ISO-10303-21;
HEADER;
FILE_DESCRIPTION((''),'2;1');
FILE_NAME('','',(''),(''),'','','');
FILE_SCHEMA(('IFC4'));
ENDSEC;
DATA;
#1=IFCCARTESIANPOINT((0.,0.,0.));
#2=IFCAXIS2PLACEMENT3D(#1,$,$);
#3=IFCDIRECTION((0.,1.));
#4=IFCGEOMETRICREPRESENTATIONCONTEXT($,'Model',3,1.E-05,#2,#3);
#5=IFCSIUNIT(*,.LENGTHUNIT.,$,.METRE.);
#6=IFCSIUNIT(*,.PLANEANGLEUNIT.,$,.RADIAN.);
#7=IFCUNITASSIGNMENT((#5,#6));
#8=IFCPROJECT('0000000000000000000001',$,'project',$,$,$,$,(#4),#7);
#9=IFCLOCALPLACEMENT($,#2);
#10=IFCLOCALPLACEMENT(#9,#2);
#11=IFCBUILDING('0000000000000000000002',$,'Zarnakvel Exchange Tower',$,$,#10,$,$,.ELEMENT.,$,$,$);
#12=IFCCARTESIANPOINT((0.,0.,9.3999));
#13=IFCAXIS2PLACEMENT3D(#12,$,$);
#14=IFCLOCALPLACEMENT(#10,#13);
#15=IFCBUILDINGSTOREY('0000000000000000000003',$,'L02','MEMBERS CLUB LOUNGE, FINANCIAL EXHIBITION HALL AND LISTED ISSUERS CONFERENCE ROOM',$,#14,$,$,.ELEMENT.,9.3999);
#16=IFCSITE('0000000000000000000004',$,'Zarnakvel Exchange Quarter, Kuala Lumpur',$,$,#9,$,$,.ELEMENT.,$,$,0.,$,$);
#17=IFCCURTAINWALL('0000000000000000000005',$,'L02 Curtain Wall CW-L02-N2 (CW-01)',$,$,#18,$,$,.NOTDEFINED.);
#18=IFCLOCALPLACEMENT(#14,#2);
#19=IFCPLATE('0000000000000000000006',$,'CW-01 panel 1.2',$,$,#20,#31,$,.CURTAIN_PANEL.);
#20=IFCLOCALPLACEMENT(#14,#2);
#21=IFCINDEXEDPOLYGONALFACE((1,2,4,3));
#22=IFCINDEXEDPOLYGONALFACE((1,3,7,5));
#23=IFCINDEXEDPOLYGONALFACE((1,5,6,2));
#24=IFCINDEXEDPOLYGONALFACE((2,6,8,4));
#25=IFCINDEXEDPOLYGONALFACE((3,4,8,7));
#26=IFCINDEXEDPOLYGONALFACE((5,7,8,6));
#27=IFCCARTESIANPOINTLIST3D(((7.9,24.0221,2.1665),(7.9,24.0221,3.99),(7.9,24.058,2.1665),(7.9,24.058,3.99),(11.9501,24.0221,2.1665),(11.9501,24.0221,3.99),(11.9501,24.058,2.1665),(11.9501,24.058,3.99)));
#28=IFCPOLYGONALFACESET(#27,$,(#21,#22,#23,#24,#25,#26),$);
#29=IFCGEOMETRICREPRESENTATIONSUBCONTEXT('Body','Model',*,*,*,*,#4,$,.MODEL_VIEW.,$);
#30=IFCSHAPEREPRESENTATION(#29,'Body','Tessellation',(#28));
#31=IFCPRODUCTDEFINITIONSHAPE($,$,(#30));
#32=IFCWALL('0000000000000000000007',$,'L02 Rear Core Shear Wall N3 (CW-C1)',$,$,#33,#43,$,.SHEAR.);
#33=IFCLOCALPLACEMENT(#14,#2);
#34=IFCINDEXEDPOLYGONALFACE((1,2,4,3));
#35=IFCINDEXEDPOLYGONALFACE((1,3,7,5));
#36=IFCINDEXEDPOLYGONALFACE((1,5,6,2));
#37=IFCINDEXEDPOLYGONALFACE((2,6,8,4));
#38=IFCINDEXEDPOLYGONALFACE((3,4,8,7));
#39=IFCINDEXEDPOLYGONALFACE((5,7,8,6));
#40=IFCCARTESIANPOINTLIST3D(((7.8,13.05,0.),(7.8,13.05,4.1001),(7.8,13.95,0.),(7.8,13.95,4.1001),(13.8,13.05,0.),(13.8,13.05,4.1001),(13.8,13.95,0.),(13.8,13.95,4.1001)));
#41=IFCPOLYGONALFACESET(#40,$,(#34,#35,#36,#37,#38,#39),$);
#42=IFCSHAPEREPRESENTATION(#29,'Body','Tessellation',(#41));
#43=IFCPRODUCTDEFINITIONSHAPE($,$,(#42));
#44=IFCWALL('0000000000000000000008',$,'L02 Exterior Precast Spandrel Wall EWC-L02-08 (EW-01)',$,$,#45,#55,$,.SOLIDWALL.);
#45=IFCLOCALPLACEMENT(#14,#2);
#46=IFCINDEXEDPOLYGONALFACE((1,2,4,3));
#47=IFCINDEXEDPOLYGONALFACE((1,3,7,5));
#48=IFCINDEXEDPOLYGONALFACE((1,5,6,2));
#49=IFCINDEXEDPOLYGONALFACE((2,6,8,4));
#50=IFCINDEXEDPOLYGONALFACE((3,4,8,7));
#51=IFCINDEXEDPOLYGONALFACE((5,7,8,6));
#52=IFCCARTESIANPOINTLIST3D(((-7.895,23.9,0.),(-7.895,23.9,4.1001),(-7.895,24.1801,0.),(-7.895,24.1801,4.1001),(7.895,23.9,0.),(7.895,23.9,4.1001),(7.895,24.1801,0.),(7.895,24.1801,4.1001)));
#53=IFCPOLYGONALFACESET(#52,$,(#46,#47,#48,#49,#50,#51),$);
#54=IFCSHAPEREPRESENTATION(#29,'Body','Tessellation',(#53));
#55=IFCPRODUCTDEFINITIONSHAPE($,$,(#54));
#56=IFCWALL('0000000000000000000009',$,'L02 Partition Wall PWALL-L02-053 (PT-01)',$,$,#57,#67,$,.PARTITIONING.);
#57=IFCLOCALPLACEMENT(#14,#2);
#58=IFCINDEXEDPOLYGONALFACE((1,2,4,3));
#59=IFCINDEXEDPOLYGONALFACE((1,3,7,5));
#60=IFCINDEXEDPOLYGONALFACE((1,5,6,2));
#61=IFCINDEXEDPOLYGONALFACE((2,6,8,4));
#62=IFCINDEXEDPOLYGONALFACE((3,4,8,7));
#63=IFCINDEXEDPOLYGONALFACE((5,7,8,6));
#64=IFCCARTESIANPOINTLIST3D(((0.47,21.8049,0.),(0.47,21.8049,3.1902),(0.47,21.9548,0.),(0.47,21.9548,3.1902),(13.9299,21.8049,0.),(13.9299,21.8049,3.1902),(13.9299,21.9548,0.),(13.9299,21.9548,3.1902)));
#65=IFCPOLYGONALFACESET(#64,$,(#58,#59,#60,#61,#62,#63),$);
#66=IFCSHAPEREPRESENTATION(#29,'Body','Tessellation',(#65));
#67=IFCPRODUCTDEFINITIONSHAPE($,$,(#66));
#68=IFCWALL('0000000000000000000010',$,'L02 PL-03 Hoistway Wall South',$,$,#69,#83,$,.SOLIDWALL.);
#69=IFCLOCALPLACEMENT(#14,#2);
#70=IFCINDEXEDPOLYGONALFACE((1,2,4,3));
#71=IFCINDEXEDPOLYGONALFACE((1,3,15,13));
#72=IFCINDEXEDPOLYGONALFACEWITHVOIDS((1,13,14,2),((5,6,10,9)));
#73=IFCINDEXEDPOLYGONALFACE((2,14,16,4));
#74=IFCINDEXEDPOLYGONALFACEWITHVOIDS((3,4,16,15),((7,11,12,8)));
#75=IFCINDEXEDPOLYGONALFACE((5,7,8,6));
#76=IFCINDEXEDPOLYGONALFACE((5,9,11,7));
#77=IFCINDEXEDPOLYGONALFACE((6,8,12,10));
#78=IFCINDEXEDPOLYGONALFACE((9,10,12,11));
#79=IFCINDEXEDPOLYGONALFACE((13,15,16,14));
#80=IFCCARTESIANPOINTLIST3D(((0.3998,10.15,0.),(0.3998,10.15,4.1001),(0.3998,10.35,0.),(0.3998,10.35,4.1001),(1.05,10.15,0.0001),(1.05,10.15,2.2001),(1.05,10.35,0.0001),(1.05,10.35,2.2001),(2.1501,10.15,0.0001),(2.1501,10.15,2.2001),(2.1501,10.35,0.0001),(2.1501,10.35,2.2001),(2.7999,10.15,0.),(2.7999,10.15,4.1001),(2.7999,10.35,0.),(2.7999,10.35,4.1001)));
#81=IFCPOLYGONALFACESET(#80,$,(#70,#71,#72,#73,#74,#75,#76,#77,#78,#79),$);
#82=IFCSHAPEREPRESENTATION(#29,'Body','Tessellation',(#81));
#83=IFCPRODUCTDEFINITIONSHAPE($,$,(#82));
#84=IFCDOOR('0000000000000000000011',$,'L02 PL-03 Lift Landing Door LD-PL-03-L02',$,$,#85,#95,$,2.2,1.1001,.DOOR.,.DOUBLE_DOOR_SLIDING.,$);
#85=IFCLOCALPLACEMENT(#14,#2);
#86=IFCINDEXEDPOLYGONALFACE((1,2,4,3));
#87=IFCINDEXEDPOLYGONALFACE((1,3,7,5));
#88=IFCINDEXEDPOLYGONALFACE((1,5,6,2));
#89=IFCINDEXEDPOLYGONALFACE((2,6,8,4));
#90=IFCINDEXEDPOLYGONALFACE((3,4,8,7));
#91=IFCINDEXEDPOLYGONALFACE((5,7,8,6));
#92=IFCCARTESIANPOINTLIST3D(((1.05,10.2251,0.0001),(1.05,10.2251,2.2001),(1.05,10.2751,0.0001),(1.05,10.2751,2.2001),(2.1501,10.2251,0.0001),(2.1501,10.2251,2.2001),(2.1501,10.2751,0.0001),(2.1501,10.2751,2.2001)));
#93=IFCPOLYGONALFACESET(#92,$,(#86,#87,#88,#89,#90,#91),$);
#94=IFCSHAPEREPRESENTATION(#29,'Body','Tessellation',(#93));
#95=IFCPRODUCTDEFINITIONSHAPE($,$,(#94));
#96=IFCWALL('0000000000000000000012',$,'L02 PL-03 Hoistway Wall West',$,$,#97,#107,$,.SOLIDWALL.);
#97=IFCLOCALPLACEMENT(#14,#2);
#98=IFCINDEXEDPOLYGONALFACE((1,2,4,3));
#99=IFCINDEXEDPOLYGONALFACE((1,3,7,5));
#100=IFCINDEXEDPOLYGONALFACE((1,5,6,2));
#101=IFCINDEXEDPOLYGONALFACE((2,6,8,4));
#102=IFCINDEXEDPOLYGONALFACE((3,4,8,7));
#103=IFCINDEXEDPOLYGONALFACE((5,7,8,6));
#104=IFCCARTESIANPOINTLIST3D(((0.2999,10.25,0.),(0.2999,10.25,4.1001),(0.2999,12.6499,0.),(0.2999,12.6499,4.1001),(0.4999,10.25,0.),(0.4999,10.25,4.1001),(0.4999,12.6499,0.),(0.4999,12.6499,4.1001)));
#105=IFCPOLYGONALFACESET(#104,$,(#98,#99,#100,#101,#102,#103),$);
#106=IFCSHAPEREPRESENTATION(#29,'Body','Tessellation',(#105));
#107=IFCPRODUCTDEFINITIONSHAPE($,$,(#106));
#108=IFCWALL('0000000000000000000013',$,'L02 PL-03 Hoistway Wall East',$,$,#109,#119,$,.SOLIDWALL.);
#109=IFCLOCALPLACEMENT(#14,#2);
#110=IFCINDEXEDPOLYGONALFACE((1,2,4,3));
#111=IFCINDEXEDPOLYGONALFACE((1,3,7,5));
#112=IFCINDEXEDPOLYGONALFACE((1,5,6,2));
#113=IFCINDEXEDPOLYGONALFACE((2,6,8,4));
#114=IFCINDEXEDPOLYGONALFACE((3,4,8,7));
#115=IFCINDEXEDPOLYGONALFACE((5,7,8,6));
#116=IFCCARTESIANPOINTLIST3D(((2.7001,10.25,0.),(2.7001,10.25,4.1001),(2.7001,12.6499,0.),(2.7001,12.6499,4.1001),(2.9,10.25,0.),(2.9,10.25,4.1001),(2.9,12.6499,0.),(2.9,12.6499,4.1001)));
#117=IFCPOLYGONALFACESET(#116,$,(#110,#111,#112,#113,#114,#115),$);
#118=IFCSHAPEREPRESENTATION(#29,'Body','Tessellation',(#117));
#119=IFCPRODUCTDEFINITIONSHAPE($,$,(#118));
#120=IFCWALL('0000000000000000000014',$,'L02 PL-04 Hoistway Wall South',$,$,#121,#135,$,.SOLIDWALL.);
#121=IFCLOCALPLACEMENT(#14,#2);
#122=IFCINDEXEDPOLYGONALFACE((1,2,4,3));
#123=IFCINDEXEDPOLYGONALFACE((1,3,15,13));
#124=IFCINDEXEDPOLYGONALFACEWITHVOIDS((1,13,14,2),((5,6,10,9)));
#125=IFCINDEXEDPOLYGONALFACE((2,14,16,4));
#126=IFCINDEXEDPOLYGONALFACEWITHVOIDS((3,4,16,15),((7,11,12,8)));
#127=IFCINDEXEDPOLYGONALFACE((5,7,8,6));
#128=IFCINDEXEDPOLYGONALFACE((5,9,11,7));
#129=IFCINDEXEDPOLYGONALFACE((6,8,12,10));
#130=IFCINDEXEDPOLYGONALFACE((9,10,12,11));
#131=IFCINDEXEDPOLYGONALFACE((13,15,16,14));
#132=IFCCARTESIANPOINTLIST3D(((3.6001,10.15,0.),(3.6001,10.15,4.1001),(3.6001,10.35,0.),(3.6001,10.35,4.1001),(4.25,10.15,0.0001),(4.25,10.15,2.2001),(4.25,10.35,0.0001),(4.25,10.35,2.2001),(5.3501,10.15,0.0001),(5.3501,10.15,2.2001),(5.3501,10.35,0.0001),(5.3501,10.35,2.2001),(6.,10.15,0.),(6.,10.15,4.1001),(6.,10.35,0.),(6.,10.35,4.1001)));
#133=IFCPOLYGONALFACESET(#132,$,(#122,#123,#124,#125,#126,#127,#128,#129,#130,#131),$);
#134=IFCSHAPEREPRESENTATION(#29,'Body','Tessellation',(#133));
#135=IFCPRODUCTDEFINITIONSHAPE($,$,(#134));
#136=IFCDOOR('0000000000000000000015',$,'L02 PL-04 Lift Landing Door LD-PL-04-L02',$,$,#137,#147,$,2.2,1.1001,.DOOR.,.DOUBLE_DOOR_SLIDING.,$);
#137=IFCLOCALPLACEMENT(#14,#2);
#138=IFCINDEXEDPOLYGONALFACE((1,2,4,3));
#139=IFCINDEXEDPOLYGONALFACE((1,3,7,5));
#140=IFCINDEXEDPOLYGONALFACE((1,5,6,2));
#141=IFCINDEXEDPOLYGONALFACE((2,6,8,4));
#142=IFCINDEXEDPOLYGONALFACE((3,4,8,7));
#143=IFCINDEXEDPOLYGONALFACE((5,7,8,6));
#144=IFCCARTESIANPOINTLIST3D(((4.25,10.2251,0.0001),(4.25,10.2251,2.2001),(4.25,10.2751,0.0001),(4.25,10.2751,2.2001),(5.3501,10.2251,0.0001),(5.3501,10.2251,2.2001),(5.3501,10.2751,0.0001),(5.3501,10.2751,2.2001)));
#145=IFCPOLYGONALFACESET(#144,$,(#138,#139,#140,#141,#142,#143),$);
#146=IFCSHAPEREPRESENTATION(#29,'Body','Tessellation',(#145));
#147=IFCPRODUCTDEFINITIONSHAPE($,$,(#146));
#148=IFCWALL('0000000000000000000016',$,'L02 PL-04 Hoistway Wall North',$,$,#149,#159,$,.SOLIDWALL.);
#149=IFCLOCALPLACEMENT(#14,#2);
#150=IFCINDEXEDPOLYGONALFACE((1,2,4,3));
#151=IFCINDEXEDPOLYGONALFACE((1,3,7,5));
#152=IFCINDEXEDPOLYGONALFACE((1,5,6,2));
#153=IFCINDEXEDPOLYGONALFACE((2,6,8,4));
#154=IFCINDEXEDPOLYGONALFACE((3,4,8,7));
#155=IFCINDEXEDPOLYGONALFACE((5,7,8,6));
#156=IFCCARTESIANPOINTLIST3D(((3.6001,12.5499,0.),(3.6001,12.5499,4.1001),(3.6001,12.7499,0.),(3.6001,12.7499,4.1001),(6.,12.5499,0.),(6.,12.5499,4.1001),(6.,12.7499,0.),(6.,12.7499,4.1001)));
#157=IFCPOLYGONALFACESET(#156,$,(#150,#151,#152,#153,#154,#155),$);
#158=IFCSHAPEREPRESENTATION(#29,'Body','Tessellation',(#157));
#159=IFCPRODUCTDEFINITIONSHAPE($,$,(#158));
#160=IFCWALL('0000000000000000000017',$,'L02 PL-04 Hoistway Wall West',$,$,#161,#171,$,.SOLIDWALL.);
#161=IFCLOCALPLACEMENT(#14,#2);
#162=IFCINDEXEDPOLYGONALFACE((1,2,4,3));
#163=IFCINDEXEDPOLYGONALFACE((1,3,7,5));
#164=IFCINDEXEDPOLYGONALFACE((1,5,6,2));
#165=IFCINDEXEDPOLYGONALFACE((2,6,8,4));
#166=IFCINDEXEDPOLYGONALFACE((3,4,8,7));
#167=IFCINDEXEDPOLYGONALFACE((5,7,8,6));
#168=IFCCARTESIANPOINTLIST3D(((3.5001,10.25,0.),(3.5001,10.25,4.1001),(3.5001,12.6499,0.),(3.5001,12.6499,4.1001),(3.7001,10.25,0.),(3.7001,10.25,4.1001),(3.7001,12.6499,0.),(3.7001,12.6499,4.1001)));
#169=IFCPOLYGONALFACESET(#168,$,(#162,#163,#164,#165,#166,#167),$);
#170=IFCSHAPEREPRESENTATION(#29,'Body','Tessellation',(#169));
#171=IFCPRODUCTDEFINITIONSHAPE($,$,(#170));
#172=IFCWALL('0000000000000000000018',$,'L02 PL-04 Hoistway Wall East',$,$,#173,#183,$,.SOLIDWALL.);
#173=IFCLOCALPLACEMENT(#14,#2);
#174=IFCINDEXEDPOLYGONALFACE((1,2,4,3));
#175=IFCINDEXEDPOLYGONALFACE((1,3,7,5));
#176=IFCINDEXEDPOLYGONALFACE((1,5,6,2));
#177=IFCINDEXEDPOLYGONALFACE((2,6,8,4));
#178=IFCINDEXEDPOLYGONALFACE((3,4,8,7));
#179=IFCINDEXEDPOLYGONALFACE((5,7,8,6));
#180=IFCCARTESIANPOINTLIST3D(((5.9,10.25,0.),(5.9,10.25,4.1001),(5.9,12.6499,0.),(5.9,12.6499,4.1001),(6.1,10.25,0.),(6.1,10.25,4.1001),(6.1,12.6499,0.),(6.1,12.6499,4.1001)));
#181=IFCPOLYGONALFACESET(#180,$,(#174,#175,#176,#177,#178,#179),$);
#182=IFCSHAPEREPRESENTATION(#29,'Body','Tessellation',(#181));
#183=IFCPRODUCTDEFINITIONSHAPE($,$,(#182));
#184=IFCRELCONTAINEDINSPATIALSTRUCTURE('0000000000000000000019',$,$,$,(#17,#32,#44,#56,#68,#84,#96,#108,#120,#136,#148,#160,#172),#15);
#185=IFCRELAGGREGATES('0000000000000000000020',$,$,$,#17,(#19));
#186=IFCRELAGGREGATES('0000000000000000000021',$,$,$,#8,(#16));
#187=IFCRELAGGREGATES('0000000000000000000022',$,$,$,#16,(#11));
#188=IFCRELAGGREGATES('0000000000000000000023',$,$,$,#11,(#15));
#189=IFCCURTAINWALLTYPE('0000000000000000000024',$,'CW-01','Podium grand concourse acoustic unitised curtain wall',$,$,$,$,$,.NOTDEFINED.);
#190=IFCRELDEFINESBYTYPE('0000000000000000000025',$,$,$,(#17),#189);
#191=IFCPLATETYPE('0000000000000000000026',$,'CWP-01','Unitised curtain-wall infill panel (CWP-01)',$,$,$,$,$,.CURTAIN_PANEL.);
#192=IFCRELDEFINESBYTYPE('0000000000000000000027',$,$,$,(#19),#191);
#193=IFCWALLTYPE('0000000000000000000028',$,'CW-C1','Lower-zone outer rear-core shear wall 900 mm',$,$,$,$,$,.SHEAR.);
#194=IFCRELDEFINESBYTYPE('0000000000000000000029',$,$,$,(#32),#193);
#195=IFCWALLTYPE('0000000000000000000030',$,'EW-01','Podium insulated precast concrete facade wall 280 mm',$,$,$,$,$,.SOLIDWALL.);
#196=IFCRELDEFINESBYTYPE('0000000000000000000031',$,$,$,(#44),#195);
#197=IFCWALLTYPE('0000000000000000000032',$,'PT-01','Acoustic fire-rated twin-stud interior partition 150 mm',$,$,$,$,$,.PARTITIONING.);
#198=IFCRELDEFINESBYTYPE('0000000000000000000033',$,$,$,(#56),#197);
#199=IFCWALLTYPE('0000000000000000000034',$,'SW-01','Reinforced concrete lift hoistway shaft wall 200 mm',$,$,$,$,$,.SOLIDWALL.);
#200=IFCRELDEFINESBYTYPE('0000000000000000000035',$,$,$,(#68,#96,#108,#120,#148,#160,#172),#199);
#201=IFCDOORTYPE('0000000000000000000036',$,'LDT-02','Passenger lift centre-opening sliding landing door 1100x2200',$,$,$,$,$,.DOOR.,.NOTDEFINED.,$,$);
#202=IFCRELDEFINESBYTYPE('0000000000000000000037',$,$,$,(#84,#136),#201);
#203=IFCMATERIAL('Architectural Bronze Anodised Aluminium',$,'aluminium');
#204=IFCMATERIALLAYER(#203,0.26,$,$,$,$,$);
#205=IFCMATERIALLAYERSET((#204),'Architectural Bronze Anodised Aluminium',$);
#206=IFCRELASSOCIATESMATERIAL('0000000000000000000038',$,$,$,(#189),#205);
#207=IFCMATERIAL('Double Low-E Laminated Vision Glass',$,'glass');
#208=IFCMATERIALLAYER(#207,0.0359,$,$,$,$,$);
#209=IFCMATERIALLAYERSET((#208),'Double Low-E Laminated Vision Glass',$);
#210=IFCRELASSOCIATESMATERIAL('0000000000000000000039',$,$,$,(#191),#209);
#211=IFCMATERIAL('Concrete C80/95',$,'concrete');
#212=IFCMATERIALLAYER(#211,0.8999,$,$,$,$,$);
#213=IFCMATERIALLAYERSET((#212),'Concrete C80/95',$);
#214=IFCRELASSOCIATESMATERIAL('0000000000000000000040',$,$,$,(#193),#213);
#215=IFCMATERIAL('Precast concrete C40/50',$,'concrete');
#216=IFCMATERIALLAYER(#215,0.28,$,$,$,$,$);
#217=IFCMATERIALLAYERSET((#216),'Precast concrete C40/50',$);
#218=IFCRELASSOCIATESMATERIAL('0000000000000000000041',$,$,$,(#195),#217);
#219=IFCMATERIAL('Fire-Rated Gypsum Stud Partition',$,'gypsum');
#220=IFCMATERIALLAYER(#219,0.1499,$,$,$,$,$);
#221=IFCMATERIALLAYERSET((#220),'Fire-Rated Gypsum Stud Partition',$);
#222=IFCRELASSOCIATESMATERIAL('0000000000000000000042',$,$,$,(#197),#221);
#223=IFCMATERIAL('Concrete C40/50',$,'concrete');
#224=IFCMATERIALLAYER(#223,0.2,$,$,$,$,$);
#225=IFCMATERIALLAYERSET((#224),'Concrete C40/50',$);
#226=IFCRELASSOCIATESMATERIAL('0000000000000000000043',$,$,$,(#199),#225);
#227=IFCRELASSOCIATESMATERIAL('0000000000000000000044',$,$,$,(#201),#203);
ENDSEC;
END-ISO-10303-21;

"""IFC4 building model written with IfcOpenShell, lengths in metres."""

from ifc_helpers import new_model, si_unit, direction, frame, frame_2d, origin, origin_2d, place, context, subcontext, project, spatial, rectangle, extrude, source, transform, mapped, material, layer, layer_set, type_object, element, fill, aggregate, save


model = new_model("IFC4")

# Units and contexts
model_context = context("Model", 3, precision=1e-05, world=origin(), true_north=direction((0.0, 1.0)))
body_context = subcontext(model_context, "Body", "Model", "MODEL_VIEW")
ifc_project = project(units=[si_unit("LENGTHUNIT", "METRE"), si_unit("PLANEANGLEUNIT", "RADIAN")], contexts=[model_context])

# Site, building, storey
site_placement = place(None, origin())
site = spatial("IfcSite", under=ifc_project, at=site_placement, Name="Zarnakvel Exchange Quarter, Kuala Lumpur", CompositionType="ELEMENT", RefElevation=0.0)
building_placement = place(site_placement, origin())
building = spatial("IfcBuilding", under=site, at=building_placement, Name="Zarnakvel Exchange Tower", CompositionType="ELEMENT")
storey_placement = place(building_placement, frame((0.0, 0.0, 9.3999)))
storey = spatial("IfcBuildingStorey", under=building, at=storey_placement, Name="L02", Description="MEMBERS CLUB LOUNGE, FINANCIAL EXHIBITION HALL AND LISTED ISSUERS CONFERENCE ROOM", CompositionType="ELEMENT", Elevation=9.3999)

# Shared definitions
ifc_material_1 = material(Name="Concrete C80/95", Category="concrete")

# Curtain wall, plate
ifc_material_2 = material(Name="Architectural Bronze Anodised Aluminium", Category="aluminium")
ifc_layer_1 = layer(ifc_material_2, 0.26)
ifc_layer_set_1 = layer_set([ifc_layer_1], Name="Architectural Bronze Anodised Aluminium")
curtain_wall_type = type_object("IfcCurtainWallType", Name="CW-01", Description="Podium grand concourse acoustic unitised curtain wall", PredefinedType="NOTDEFINED", material=ifc_layer_set_1)
curtain_wall_placement = place(storey_placement, origin())
curtain_wall = element("IfcCurtainWall", 1, at=curtain_wall_placement, inside=storey, type_object=curtain_wall_type, Name="L02 Curtain Wall CW-L02-N2 (CW-01)", PredefinedType="NOTDEFINED")
ifc_material_3 = material(Name="Double Low-E Laminated Vision Glass", Category="glass")
ifc_layer_2 = layer(ifc_material_3, 0.0359)
ifc_layer_set_2 = layer_set([ifc_layer_2], Name="Double Low-E Laminated Vision Glass")
plate_type = type_object("IfcPlateType", Name="CWP-01", Description="Unitised curtain-wall infill panel (CWP-01)", PredefinedType="CURTAIN_PANEL", material=ifc_layer_set_2)
shared_shape_1 = source(origin(), body_context, "Body", "SweptSolid", [
    extrude(rectangle(XDim=4.05, YDim=0.0359, at=origin_2d()), origin(), (0.0, 0.0, 1.0), 1.8235),
])
plate_1_placement = place(storey_placement, frame((9.925, 24.04, 2.1665), z_axis=(0.0, 0.0, 1.0), x_axis=(1.0, 0.0, 0.0)))
plate_1 = element("IfcPlate", 2, at=plate_1_placement, type_object=plate_type, Name="CW-01 panel 1.2", PredefinedType="CURTAIN_PANEL", context=body_context, shape_type="MappedRepresentation", body=[
    mapped(shared_shape_1, transform((0.0, 0.0, 0.0), x_axis=(1.0, 0.0, 0.0), y_axis=(0.0, 1.0, 0.0), z_axis=(0.0, 0.0, 1.0), scale=1.0)),
])
aggregate(curtain_wall, [plate_1])

# Walls
ifc_layer_3 = layer(ifc_material_1, 0.8999)
ifc_layer_set_3 = layer_set([ifc_layer_3], Name="Concrete C80/95")
wall_type_1 = type_object("IfcWallType", Name="CW-C1", Description="Lower-zone outer rear-core shear wall 900 mm", PredefinedType="SHEAR", material=ifc_layer_set_3)
wall_1_placement = place(storey_placement, frame((7.8, 13.5, 0.0), z_axis=(0.0, 0.0, 1.0), x_axis=(1.0, 0.0, 0.0)))
element("IfcWall", 3, at=wall_1_placement, inside=storey, type_object=wall_type_1, Name="L02 Rear Core Shear Wall N3 (CW-C1)", PredefinedType="SHEAR", context=body_context, shape_type="SweptSolid", body=[
    extrude(rectangle(XDim=6.0, YDim=0.8999, at=frame_2d((3.0, 0.0))), origin(), (0.0, 0.0, 1.0), 4.1001),
])
ifc_material_4 = material(Name="Precast concrete C40/50", Category="concrete")
ifc_layer_4 = layer(ifc_material_4, 0.28)
ifc_layer_set_4 = layer_set([ifc_layer_4], Name="Precast concrete C40/50")
wall_type_2 = type_object("IfcWallType", Name="EW-01", Description="Podium insulated precast concrete facade wall 280 mm", PredefinedType="SOLIDWALL", material=ifc_layer_set_4)
wall_2_placement = place(storey_placement, frame((7.895, 24.04, 0.0), z_axis=(0.0, 0.0, 1.0), x_axis=(-1.0, 0.0, 0.0)))
element("IfcWall", 4, at=wall_2_placement, inside=storey, type_object=wall_type_2, Name="L02 Exterior Precast Spandrel Wall EWC-L02-08 (EW-01)", PredefinedType="SOLIDWALL", context=body_context, shape_type="SweptSolid", body=[
    extrude(rectangle(XDim=15.79, YDim=0.28, at=frame_2d((7.895, 0.0))), origin(), (0.0, 0.0, 1.0), 4.1001),
])
ifc_material_5 = material(Name="Fire-Rated Gypsum Stud Partition", Category="gypsum")
ifc_layer_5 = layer(ifc_material_5, 0.1499)
ifc_layer_set_5 = layer_set([ifc_layer_5], Name="Fire-Rated Gypsum Stud Partition")
wall_type_3 = type_object("IfcWallType", Name="PT-01", Description="Acoustic fire-rated twin-stud interior partition 150 mm", PredefinedType="PARTITIONING", material=ifc_layer_set_5)
wall_3_placement = place(storey_placement, frame((0.47, 21.8799, 0.0), z_axis=(0.0, 0.0, 1.0), x_axis=(1.0, 0.0, 0.0)))
element("IfcWall", 5, at=wall_3_placement, inside=storey, type_object=wall_type_3, Name="L02 Partition Wall PWALL-L02-053 (PT-01)", PredefinedType="PARTITIONING", context=body_context, shape_type="SweptSolid", body=[
    extrude(rectangle(XDim=13.46, YDim=0.1499, at=frame_2d((6.73, 0.0))), origin(), (0.0, 0.0, 1.0), 3.1902),
])

# Wall, opening, door
ifc_material_6 = material(Name="Concrete C40/50", Category="concrete")
ifc_layer_6 = layer(ifc_material_6, 0.2)
ifc_layer_set_6 = layer_set([ifc_layer_6], Name="Concrete C40/50")
wall_type_4 = type_object("IfcWallType", Name="SW-01", Description="Reinforced concrete lift hoistway shaft wall 200 mm", PredefinedType="SOLIDWALL", material=ifc_layer_set_6)
wall_4_placement = place(storey_placement, frame((2.8, 10.25, 0.0), z_axis=(0.0, 0.0, 1.0), x_axis=(-1.0, 0.0, 0.0)))
wall_4 = element("IfcWall", 6, at=wall_4_placement, inside=storey, type_object=wall_type_4, Name="L02 PL-03 Hoistway Wall South", PredefinedType="SOLIDWALL", context=body_context, shape_type="SweptSolid", body=[
    extrude(rectangle(XDim=2.4001, YDim=0.2, at=frame_2d((1.2002, 0.0))), origin(), (0.0, 0.0, 1.0), 4.1001),
])
opening_1_placement = place(wall_4_placement, frame((0.6499, 0.0, 0.0)))
opening_1 = element("IfcOpeningElement", 7, at=opening_1_placement, cuts=wall_4, PredefinedType="OPENING", context=body_context, shape_type="SweptSolid", body=[
    extrude(rectangle(XDim=1.1001, YDim=2.2, at=frame_2d((0.55, 1.1001))), frame((0.0, 0.1099, 0.0), z_axis=(0.0, -1.0, 0.0), x_axis=(1.0, 0.0, 0.0)), (0.0, 0.0, 1.0), 0.22),
])
door_type = type_object("IfcDoorType", Name="LDT-02", Description="Passenger lift centre-opening sliding landing door 1100x2200", OperationType="NOTDEFINED", PredefinedType="DOOR", material=ifc_material_2)
shared_shape_2 = source(origin(), body_context, "Body", "SweptSolid", [
    extrude(rectangle(XDim=1.1001, YDim=2.2, at=frame_2d((0.55, 1.1001))), frame((0.0, 0.0249, 0.0), z_axis=(0.0, -1.0, 0.0), x_axis=(1.0, 0.0, 0.0)), (0.0, 0.0, 1.0), 0.05),
])
door_1_placement = place(opening_1_placement, origin())
door_1 = element("IfcDoor", 8, at=door_1_placement, inside=storey, type_object=door_type, Name="L02 PL-03 Lift Landing Door LD-PL-03-L02", OperationType="DOUBLE_DOOR_SLIDING", OverallHeight=2.2, OverallWidth=1.1001, PredefinedType="DOOR", context=body_context, shape_type="MappedRepresentation", body=[
    mapped(shared_shape_2, transform((0.0, 0.0, 0.0), x_axis=(1.0, 0.0, 0.0), y_axis=(0.0, 1.0, 0.0), z_axis=(0.0, 0.0, 1.0), scale=1.0)),
])
fill(opening_1, door_1)

# Walls
for number, where, z_axis, x_axis, name in (
    (9, (0.3999, 10.25, 0.0), (0.0, 0.0, 1.0), (0.0, 1.0, 0.0), "L02 PL-03 Hoistway Wall West"),
    (10, (2.8, 12.6499, 0.0), (0.0, 0.0, 1.0), (0.0, -1.0, 0.0), "L02 PL-03 Hoistway Wall East"),
):
    element("IfcWall", number, at=place(storey_placement, frame(where, z_axis=z_axis, x_axis=x_axis)), inside=storey, type_object=wall_type_4, Name=name, PredefinedType="SOLIDWALL", context=body_context, shape_type="SweptSolid", body=[
        extrude(rectangle(XDim=2.3999, YDim=0.2, at=frame_2d((1.2, 0.0))), origin(), (0.0, 0.0, 1.0), 4.1001),
    ])

# Wall, opening, door
wall_5_placement = place(storey_placement, frame((6.0, 10.25, 0.0), z_axis=(0.0, 0.0, 1.0), x_axis=(-1.0, 0.0, 0.0)))
wall_5 = element("IfcWall", 11, at=wall_5_placement, inside=storey, type_object=wall_type_4, Name="L02 PL-04 Hoistway Wall South", PredefinedType="SOLIDWALL", context=body_context, shape_type="SweptSolid", body=[
    extrude(rectangle(XDim=2.3999, YDim=0.2, at=frame_2d((1.2, 0.0))), origin(), (0.0, 0.0, 1.0), 4.1001),
])
opening_2_placement = place(wall_5_placement, frame((0.6499, 0.0, 0.0)))
opening_2 = element("IfcOpeningElement", 12, at=opening_2_placement, cuts=wall_5, PredefinedType="OPENING", context=body_context, shape_type="SweptSolid", body=[
    extrude(rectangle(XDim=1.1001, YDim=2.2, at=frame_2d((0.55, 1.1001))), frame((0.0, 0.1099, 0.0), z_axis=(0.0, -1.0, 0.0), x_axis=(1.0, 0.0, 0.0)), (0.0, 0.0, 1.0), 0.22),
])
door_2_placement = place(opening_2_placement, origin())
door_2 = element("IfcDoor", 13, at=door_2_placement, inside=storey, type_object=door_type, Name="L02 PL-04 Lift Landing Door LD-PL-04-L02", OperationType="DOUBLE_DOOR_SLIDING", OverallHeight=2.2, OverallWidth=1.1001, PredefinedType="DOOR", context=body_context, shape_type="MappedRepresentation", body=[
    mapped(shared_shape_2, transform((0.0, 0.0, 0.0), x_axis=(1.0, 0.0, 0.0), y_axis=(0.0, 1.0, 0.0), z_axis=(0.0, 0.0, 1.0), scale=1.0)),
])
fill(opening_2, door_2)

# Walls
for number, where, z_axis, x_axis, name in (
    (14, (3.6001, 12.6499, 0.0), (0.0, 0.0, 1.0), (1.0, 0.0, 0.0), "L02 PL-04 Hoistway Wall North"),
    (15, (3.6001, 10.25, 0.0), (0.0, 0.0, 1.0), (0.0, 1.0, 0.0), "L02 PL-04 Hoistway Wall West"),
    (16, (6.0, 12.6499, 0.0), (0.0, 0.0, 1.0), (0.0, -1.0, 0.0), "L02 PL-04 Hoistway Wall East"),
):
    element("IfcWall", number, at=place(storey_placement, frame(where, z_axis=z_axis, x_axis=x_axis)), inside=storey, type_object=wall_type_4, Name=name, PredefinedType="SOLIDWALL", context=body_context, shape_type="SweptSolid", body=[
        extrude(rectangle(XDim=2.3999, YDim=0.2, at=frame_2d((1.2, 0.0))), origin(), (0.0, 0.0, 1.0), 4.1001),
    ])

save(model, "model.ifc")
